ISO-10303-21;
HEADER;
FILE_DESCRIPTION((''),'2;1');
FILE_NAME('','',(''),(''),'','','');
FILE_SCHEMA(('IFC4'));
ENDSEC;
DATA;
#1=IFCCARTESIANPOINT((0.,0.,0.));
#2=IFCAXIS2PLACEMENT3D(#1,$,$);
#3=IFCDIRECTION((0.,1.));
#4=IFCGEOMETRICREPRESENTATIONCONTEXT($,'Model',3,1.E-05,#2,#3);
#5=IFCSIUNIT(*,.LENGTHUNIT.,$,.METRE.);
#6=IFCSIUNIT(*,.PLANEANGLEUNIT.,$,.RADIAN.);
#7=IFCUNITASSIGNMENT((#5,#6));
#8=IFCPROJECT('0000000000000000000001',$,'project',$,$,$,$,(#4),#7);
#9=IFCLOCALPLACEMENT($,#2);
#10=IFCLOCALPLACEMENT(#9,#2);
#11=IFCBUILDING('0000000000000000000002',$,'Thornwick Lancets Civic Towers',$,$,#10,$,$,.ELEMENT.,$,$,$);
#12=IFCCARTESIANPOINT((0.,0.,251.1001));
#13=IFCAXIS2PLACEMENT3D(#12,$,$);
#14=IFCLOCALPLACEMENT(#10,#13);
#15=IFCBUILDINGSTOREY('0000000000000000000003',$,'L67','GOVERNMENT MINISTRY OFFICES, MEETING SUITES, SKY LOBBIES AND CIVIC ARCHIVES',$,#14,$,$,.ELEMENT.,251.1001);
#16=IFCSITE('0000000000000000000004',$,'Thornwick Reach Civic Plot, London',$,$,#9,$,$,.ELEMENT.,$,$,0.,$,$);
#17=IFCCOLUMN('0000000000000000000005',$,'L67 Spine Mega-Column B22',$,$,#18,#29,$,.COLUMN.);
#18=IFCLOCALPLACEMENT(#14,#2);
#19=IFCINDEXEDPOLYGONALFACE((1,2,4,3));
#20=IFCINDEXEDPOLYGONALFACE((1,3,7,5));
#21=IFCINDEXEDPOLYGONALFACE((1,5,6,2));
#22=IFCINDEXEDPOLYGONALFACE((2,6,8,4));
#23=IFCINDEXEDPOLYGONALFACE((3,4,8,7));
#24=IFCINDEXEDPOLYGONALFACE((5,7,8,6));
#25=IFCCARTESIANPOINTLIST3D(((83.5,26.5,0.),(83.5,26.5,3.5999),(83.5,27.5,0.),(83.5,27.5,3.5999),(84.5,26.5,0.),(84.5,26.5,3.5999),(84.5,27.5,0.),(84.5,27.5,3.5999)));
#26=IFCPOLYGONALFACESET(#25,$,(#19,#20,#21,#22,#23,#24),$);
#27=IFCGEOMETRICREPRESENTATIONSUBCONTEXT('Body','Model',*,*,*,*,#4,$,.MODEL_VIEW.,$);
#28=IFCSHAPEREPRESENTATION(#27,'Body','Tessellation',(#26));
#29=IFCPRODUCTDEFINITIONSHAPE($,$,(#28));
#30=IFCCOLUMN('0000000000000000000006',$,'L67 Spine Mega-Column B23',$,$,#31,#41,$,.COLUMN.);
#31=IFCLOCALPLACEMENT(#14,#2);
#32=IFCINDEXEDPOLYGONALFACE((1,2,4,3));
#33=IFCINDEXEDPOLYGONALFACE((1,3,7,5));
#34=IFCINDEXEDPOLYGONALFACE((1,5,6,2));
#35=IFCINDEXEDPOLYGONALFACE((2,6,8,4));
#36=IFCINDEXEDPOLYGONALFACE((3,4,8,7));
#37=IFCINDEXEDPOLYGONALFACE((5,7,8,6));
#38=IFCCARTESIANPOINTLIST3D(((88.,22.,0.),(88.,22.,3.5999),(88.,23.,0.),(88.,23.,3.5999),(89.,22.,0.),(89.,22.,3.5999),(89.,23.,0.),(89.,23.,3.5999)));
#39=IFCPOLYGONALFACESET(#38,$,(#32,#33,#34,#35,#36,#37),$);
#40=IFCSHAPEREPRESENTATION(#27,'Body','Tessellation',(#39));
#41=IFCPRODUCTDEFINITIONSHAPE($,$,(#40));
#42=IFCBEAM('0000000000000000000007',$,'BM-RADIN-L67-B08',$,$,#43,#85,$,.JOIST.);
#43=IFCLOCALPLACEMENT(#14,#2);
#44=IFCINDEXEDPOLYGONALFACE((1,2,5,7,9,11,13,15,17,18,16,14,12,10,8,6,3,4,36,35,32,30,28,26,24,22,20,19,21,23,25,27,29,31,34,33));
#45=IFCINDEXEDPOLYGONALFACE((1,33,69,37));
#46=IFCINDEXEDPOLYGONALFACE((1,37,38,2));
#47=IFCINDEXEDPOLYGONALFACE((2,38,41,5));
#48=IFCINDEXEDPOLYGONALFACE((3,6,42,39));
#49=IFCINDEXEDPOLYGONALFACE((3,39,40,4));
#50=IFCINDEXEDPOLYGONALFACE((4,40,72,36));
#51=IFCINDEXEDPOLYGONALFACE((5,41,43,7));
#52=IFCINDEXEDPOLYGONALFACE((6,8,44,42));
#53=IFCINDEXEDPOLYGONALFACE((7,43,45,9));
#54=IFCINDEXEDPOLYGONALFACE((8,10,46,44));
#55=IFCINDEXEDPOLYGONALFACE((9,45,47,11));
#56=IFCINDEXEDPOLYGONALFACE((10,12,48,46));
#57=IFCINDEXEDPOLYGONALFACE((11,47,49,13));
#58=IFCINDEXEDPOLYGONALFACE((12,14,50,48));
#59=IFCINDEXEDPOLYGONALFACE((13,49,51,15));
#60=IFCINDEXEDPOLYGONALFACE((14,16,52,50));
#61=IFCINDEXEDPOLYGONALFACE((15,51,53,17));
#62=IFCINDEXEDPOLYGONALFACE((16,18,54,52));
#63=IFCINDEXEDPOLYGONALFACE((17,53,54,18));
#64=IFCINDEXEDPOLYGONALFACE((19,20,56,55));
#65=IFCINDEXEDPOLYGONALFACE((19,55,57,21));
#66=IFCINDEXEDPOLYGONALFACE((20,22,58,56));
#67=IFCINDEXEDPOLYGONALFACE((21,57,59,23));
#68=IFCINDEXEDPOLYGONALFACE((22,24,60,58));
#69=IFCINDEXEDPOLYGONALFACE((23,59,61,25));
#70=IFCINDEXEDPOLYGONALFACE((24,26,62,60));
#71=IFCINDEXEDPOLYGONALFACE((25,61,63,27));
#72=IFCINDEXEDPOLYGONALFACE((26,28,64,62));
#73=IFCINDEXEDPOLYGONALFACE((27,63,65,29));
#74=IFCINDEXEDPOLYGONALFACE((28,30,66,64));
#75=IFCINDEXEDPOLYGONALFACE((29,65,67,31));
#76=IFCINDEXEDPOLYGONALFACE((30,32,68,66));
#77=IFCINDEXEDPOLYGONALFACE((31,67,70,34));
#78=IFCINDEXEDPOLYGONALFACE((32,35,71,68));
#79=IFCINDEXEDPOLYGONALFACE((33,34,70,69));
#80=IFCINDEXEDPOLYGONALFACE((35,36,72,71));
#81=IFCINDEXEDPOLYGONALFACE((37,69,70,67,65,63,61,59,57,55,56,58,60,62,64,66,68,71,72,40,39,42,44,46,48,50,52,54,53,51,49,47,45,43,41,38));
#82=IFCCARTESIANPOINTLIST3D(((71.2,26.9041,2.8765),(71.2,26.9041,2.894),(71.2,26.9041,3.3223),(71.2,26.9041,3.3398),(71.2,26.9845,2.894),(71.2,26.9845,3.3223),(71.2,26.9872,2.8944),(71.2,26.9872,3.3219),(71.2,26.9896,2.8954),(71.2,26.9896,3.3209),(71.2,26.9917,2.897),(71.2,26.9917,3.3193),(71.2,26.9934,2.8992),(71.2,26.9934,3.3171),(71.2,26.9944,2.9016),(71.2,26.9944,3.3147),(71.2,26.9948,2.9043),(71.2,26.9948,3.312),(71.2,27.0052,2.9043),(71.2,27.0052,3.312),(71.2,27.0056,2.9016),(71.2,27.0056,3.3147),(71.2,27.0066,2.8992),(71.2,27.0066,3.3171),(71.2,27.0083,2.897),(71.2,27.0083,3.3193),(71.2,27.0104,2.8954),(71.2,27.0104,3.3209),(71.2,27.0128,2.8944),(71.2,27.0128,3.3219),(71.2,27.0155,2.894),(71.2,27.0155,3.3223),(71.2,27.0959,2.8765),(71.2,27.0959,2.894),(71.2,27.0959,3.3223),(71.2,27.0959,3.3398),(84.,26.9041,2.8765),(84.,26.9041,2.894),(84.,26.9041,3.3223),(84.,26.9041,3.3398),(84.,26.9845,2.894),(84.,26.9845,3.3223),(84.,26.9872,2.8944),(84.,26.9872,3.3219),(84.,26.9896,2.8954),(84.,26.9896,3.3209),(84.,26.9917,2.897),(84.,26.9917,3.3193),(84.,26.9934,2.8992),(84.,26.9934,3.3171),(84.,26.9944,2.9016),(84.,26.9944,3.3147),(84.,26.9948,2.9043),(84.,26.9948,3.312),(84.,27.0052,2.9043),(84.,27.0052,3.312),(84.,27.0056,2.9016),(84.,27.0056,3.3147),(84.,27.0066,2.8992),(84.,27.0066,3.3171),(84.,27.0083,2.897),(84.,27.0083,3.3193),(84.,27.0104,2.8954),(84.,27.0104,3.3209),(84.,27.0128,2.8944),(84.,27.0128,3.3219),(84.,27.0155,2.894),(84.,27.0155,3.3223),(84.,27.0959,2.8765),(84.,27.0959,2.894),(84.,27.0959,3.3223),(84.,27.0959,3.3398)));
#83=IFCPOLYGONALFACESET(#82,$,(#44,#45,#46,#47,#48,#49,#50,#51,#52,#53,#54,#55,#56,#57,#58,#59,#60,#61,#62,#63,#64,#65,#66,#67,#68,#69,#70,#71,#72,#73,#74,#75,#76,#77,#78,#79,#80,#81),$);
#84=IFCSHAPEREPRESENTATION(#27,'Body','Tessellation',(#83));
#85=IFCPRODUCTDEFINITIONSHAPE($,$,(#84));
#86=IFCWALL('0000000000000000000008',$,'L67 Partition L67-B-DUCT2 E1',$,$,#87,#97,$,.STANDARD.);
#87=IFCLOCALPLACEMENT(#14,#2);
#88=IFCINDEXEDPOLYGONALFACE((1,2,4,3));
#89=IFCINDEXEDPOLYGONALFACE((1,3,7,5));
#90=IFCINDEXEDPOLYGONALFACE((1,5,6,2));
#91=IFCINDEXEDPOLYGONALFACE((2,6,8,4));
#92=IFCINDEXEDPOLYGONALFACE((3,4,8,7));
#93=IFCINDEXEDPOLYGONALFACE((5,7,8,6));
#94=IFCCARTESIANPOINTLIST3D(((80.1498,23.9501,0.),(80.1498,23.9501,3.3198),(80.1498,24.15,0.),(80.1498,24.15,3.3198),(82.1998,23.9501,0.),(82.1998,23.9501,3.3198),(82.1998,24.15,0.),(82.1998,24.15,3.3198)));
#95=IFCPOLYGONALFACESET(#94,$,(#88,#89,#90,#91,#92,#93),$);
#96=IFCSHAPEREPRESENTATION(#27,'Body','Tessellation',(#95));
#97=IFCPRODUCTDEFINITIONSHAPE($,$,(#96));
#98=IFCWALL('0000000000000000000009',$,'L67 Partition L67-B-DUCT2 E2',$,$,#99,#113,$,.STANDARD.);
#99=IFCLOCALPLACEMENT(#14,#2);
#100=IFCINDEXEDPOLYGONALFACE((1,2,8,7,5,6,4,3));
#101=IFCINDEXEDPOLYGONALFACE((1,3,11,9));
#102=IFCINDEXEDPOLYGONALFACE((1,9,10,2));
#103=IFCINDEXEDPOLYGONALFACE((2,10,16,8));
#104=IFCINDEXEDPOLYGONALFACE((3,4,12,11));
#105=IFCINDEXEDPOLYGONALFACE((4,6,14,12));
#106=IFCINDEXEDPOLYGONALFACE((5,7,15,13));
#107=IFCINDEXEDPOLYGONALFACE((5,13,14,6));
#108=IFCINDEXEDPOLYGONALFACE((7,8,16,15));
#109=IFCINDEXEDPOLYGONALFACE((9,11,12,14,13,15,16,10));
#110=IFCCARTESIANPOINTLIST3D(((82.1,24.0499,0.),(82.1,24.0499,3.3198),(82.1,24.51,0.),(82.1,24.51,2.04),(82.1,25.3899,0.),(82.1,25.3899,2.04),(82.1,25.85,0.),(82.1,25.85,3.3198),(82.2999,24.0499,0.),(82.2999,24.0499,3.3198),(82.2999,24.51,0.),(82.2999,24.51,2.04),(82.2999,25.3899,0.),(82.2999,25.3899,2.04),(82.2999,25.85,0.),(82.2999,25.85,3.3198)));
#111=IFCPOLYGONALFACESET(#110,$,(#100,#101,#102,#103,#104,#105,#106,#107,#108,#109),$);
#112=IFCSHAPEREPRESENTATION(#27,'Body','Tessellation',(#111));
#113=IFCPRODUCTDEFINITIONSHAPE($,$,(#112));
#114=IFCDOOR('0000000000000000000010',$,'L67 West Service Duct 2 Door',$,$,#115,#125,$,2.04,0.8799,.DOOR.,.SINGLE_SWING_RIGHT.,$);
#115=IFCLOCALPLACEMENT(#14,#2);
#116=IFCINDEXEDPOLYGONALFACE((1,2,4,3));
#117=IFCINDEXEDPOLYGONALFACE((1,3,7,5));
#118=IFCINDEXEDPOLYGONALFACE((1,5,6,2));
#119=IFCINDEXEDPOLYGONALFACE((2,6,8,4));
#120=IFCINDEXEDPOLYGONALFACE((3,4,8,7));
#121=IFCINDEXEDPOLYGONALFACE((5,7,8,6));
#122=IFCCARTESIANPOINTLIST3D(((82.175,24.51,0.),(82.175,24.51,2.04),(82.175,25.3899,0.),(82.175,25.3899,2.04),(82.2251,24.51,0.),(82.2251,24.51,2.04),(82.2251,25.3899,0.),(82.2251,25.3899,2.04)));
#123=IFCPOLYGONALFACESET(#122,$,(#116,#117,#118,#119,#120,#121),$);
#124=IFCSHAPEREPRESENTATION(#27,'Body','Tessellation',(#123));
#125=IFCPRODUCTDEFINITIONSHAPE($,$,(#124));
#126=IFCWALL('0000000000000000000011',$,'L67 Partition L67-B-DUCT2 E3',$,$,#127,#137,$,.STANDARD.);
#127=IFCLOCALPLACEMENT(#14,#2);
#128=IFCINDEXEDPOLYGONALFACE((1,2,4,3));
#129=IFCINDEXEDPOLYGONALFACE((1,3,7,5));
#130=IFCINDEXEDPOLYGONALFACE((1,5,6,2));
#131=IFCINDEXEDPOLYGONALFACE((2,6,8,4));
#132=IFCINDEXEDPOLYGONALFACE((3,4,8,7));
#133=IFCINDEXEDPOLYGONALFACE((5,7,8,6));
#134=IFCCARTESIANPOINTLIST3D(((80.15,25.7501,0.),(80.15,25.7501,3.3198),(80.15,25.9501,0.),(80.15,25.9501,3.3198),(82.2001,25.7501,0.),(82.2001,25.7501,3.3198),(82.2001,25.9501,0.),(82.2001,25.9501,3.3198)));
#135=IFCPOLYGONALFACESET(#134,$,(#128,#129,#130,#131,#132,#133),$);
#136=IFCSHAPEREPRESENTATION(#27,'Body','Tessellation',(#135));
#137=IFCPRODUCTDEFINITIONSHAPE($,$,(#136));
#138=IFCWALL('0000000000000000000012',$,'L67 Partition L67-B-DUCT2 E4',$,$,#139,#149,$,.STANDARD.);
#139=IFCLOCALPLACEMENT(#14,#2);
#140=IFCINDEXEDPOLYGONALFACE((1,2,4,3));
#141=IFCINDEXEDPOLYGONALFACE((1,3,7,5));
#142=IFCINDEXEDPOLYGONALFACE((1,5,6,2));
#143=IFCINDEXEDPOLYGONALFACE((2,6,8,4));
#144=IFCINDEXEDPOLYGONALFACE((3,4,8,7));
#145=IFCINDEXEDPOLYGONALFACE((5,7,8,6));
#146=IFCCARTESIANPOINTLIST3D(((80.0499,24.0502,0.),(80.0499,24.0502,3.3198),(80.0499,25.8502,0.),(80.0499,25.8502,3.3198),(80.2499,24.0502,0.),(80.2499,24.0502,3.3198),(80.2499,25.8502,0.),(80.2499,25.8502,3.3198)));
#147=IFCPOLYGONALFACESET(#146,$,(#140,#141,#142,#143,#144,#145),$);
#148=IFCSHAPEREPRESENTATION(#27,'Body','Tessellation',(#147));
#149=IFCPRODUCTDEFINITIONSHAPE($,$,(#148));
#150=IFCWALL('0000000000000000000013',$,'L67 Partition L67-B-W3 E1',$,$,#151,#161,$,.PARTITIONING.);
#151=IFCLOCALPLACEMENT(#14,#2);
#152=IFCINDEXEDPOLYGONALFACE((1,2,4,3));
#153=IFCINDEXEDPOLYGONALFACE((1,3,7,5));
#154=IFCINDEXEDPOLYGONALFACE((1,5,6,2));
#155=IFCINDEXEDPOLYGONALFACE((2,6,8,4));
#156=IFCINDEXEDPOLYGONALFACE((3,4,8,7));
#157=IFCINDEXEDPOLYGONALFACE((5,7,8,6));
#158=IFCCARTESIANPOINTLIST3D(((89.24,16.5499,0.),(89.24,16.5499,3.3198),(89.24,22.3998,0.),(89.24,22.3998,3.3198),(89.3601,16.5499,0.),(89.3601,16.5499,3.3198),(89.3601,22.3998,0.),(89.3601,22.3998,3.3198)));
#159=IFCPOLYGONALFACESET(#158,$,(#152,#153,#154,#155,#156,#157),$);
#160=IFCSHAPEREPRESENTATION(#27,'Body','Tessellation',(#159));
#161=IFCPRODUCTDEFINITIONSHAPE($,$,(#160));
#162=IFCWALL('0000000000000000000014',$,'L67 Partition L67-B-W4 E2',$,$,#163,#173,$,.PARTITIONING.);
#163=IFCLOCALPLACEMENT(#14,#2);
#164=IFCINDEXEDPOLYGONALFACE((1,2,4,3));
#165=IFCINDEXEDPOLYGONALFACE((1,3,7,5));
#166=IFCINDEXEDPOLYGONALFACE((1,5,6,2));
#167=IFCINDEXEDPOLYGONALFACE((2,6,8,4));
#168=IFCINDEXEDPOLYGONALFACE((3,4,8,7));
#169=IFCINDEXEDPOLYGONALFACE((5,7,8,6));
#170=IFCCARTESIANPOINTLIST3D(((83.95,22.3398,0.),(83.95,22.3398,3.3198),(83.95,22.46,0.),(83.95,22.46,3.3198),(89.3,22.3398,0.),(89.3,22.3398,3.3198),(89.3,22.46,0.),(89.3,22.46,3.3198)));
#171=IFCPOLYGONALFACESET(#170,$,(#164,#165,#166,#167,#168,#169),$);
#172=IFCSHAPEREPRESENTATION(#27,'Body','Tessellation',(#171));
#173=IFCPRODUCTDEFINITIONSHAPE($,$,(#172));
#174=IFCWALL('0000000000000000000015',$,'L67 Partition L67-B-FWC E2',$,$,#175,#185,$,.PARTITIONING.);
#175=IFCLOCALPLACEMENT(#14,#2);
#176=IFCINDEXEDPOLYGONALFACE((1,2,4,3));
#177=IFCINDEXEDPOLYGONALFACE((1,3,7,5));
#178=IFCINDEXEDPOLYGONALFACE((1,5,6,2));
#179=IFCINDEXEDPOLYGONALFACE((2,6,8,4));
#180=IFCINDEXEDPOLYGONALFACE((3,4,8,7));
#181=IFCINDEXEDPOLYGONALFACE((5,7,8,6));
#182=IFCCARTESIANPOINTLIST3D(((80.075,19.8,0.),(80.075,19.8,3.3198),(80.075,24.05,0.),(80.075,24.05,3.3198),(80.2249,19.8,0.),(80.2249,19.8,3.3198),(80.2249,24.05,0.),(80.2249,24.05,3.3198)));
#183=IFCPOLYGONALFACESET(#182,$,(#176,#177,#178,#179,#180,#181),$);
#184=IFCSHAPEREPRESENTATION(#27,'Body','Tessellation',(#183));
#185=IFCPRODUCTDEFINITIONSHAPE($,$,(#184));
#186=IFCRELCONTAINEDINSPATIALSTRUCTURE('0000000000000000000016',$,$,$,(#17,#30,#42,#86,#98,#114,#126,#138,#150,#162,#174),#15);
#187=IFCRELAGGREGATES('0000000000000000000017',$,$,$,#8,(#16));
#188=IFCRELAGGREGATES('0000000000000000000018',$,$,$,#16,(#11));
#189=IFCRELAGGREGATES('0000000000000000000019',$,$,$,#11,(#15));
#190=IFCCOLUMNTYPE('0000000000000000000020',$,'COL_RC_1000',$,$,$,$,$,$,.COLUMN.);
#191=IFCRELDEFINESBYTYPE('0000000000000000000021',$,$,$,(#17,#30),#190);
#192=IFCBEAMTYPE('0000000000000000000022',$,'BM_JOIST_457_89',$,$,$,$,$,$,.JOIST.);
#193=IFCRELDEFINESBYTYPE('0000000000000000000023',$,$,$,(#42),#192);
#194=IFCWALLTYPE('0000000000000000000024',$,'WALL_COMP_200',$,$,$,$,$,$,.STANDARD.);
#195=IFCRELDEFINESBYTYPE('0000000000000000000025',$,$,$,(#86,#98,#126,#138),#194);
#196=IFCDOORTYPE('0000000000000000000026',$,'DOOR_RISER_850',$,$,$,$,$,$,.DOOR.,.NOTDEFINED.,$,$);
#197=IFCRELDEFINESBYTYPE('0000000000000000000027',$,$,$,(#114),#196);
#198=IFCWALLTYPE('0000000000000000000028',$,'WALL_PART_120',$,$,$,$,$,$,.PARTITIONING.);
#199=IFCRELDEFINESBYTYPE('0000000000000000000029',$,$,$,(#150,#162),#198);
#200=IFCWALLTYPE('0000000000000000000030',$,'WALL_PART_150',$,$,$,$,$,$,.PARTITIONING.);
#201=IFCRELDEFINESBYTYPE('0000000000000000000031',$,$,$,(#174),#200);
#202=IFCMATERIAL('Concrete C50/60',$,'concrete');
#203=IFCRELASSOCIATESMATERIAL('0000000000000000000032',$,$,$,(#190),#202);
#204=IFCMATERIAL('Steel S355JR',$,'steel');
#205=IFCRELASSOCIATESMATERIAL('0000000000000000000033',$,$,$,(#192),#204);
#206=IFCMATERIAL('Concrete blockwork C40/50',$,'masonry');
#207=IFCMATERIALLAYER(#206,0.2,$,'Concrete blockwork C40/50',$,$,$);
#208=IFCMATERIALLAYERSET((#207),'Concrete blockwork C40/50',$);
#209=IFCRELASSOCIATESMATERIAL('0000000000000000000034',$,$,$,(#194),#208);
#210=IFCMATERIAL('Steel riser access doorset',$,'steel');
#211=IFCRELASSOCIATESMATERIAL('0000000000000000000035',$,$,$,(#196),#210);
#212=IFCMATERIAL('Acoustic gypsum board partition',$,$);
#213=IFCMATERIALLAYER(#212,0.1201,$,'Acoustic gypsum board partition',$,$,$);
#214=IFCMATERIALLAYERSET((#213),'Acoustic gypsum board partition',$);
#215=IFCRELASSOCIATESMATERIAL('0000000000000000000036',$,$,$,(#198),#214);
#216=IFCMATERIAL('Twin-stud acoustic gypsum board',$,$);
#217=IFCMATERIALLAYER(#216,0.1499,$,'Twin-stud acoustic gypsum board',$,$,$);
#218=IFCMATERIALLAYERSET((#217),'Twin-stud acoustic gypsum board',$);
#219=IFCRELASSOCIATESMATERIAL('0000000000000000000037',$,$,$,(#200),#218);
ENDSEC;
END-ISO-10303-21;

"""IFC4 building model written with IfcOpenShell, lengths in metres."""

from ifc_helpers import new_model, si_unit, direction, frame, frame_2d, origin, origin_2d, place, context, subcontext, project, spatial, rectangle, i_section, extrude, material, layer, layer_set, material_profile, profile_set, type_object, element, fill, save


model = new_model("IFC4")

# Units and contexts
model_context = context("Model", 3, precision=1e-05, world=origin(), true_north=direction((0.0, 1.0)))
body_context = subcontext(model_context, "Body", "Model", "MODEL_VIEW")
ifc_project = project(units=[si_unit("LENGTHUNIT", "METRE"), si_unit("PLANEANGLEUNIT", "RADIAN")], contexts=[model_context])

# Site, building, storey
site_placement = place(None, origin())
site = spatial("IfcSite", under=ifc_project, at=site_placement, Name="Thornwick Reach Civic Plot, London", CompositionType="ELEMENT", RefElevation=0.0)
building_placement = place(site_placement, origin())
building = spatial("IfcBuilding", under=site, at=building_placement, Name="Thornwick Lancets Civic Towers", CompositionType="ELEMENT")
storey_placement = place(building_placement, frame((0.0, 0.0, 251.1001)))
storey = spatial("IfcBuildingStorey", under=building, at=storey_placement, Name="L67", Description="GOVERNMENT MINISTRY OFFICES, MEETING SUITES, SKY LOBBIES AND CIVIC ARCHIVES", CompositionType="ELEMENT", Elevation=251.1001)

# Columns
ifc_material_1 = material(Name="Concrete C50/60", Category="concrete")
ifc_material_profile_1 = material_profile(ifc_material_1, rectangle(XDim=1.0, YDim=1.0, at=origin_2d()), Name="RC 1000x1000")
ifc_profile_set_1 = profile_set([ifc_material_profile_1], Name="Concrete C50/60")
column_type = type_object("IfcColumnType", Name="COL_RC_1000", PredefinedType="COLUMN", material=ifc_profile_set_1)
for number, where, z_axis, x_axis, name in (
    (1, (84.0, 27.0, 0.0), (0.0, 0.0, 1.0), (1.0, 0.0, 0.0), "L67 Spine Mega-Column B22"),
    (2, (88.5, 22.5, 0.0), (0.0, 0.0, 1.0), (1.0, 0.0, 0.0), "L67 Spine Mega-Column B23"),
):
    element("IfcColumn", number, at=place(storey_placement, frame(where, z_axis=z_axis, x_axis=x_axis)), inside=storey, type_object=column_type, Name=name, PredefinedType="COLUMN", context=body_context, shape_type="SweptSolid", body=[
        extrude(rectangle(XDim=1.0, YDim=1.0, at=origin_2d()), origin(), (0.0, 0.0, 1.0), 3.5999),
    ])

# Beam
ifc_material_2 = material(Name="Steel S355JR", Category="steel")
ifc_material_profile_2 = material_profile(ifc_material_2, i_section(OverallWidth=0.1919, OverallDepth=0.4634, WebThickness=0.0105, FlangeThickness=0.0176, FilletRadius=0.0103, at=origin_2d()), Name="UKB 457x191x89")
ifc_profile_set_2 = profile_set([ifc_material_profile_2], Name="Steel S355JR")
beam_type = type_object("IfcBeamType", Name="BM_JOIST_457_89", PredefinedType="JOIST", material=ifc_profile_set_2)
beam_placement = place(storey_placement, frame((84.0, 27.0, 3.1082), z_axis=(-1.0, 0.0, 0.0), x_axis=(0.0, -1.0, 0.0)))
element("IfcBeam", 3, at=beam_placement, inside=storey, type_object=beam_type, Name="BM-RADIN-L67-B08", PredefinedType="JOIST", context=body_context, shape_type="SweptSolid", body=[
    extrude(i_section(OverallWidth=0.1919, OverallDepth=0.4634, WebThickness=0.0105, FlangeThickness=0.0176, FilletRadius=0.0103, at=origin_2d()), origin(), (0.0, 0.0, 1.0), 12.8),
])

# Wall
ifc_material_3 = material(Name="Concrete blockwork C40/50", Category="masonry")
ifc_layer_1 = layer(ifc_material_3, 0.2, Name="Concrete blockwork C40/50")
ifc_layer_set_1 = layer_set([ifc_layer_1], Name="Concrete blockwork C40/50")
wall_type_1 = type_object("IfcWallType", Name="WALL_COMP_200", PredefinedType="STANDARD", material=ifc_layer_set_1)
wall_1_placement = place(storey_placement, frame((80.1499, 24.05, 0.0), z_axis=(0.0, 0.0, 1.0), x_axis=(1.0, 0.0, 0.0)))
element("IfcWall", 4, at=wall_1_placement, inside=storey, type_object=wall_type_1, Name="L67 Partition L67-B-DUCT2 E1", PredefinedType="STANDARD", context=body_context, shape_type="SweptSolid", body=[
    extrude(rectangle(XDim=2.05, YDim=0.2, at=frame_2d((1.0249, 0.0))), origin(), (0.0, 0.0, 1.0), 3.3198),
])

# Wall, opening, door
wall_2_placement = place(storey_placement, frame((82.2, 24.05, 0.0), z_axis=(0.0, 0.0, 1.0), x_axis=(0.0, 1.0, 0.0)))
wall_2 = element("IfcWall", 5, at=wall_2_placement, inside=storey, type_object=wall_type_1, Name="L67 Partition L67-B-DUCT2 E2", PredefinedType="STANDARD", context=body_context, shape_type="SweptSolid", body=[
    extrude(rectangle(XDim=1.8, YDim=0.2, at=frame_2d((0.8999, 0.0))), origin(), (0.0, 0.0, 1.0), 3.3198),
])
opening_1_placement = place(wall_2_placement, frame((0.46, 0.0, 0.0)))
opening_1 = element("IfcOpeningElement", 6, at=opening_1_placement, cuts=wall_2, PredefinedType="OPENING", context=body_context, shape_type="SweptSolid", body=[
    extrude(rectangle(XDim=0.8799, YDim=2.04, at=frame_2d((0.4399, 1.02))), frame((0.0, 0.1099, 0.0), z_axis=(0.0, -1.0, 0.0), x_axis=(1.0, 0.0, 0.0)), (0.0, 0.0, 1.0), 0.22),
])
ifc_material_4 = material(Name="Steel riser access doorset", Category="steel")
door_type_1 = type_object("IfcDoorType", Name="DOOR_RISER_850", OperationType="NOTDEFINED", PredefinedType="DOOR", material=ifc_material_4)
door_1_placement = place(opening_1_placement, origin())
door_1 = element("IfcDoor", 7, at=door_1_placement, inside=storey, type_object=door_type_1, Name="L67 West Service Duct 2 Door", OperationType="SINGLE_SWING_RIGHT", OverallHeight=2.04, OverallWidth=0.8799, PredefinedType="DOOR", context=body_context, shape_type="SweptSolid", body=[
    extrude(rectangle(XDim=0.8799, YDim=2.04, at=frame_2d((0.4399, 1.02))), frame((0.0, 0.0249, 0.0), z_axis=(0.0, -1.0, 0.0), x_axis=(1.0, 0.0, 0.0)), (0.0, 0.0, 1.0), 0.05),
])
fill(opening_1, door_1)

# Walls
wall_3_placement = place(storey_placement, frame((82.2, 25.8501, 0.0), z_axis=(0.0, 0.0, 1.0), x_axis=(-1.0, 0.0, 0.0)))
element("IfcWall", 8, at=wall_3_placement, inside=storey, type_object=wall_type_1, Name="L67 Partition L67-B-DUCT2 E3", PredefinedType="STANDARD", context=body_context, shape_type="SweptSolid", body=[
    extrude(rectangle(XDim=2.05, YDim=0.2, at=frame_2d((1.0249, 0.0))), origin(), (0.0, 0.0, 1.0), 3.3198),
])
wall_4_placement = place(storey_placement, frame((80.1499, 25.8501, 0.0), z_axis=(0.0, 0.0, 1.0), x_axis=(0.0, -1.0, 0.0)))
element("IfcWall", 9, at=wall_4_placement, inside=storey, type_object=wall_type_1, Name="L67 Partition L67-B-DUCT2 E4", PredefinedType="STANDARD", context=body_context, shape_type="SweptSolid", body=[
    extrude(rectangle(XDim=1.8, YDim=0.2, at=frame_2d((0.8999, 0.0))), origin(), (0.0, 0.0, 1.0), 3.3198),
])
ifc_material_5 = material(Name="Acoustic gypsum board partition")
ifc_layer_2 = layer(ifc_material_5, 0.1201, Name="Acoustic gypsum board partition")
ifc_layer_set_2 = layer_set([ifc_layer_2], Name="Acoustic gypsum board partition")
wall_type_2 = type_object("IfcWallType", Name="WALL_PART_120", PredefinedType="PARTITIONING", material=ifc_layer_set_2)
wall_5_placement = place(storey_placement, frame((89.3, 16.55, 0.0), z_axis=(0.0, 0.0, 1.0), x_axis=(0.0, 1.0, 0.0)))
element("IfcWall", 10, at=wall_5_placement, inside=storey, type_object=wall_type_2, Name="L67 Partition L67-B-W3 E1", PredefinedType="PARTITIONING", context=body_context, shape_type="SweptSolid", body=[
    extrude(rectangle(XDim=5.8499, YDim=0.1201, at=frame_2d((2.9248, 0.0))), origin(), (0.0, 0.0, 1.0), 3.3198),
])
wall_6_placement = place(storey_placement, frame((83.95, 22.3999, 0.0), z_axis=(0.0, 0.0, 1.0), x_axis=(1.0, 0.0, 0.0)))
element("IfcWall", 11, at=wall_6_placement, inside=storey, type_object=wall_type_2, Name="L67 Partition L67-B-W4 E2", PredefinedType="PARTITIONING", context=body_context, shape_type="SweptSolid", body=[
    extrude(rectangle(XDim=5.3501, YDim=0.1201, at=frame_2d((2.675, 0.0))), origin(), (0.0, 0.0, 1.0), 3.3198),
])
ifc_material_6 = material(Name="Twin-stud acoustic gypsum board")
ifc_layer_3 = layer(ifc_material_6, 0.1499, Name="Twin-stud acoustic gypsum board")
ifc_layer_set_3 = layer_set([ifc_layer_3], Name="Twin-stud acoustic gypsum board")
wall_type_3 = type_object("IfcWallType", Name="WALL_PART_150", PredefinedType="PARTITIONING", material=ifc_layer_set_3)
wall_7_placement = place(storey_placement, frame((80.1499, 19.8, 0.0), z_axis=(0.0, 0.0, 1.0), x_axis=(0.0, 1.0, 0.0)))
element("IfcWall", 12, at=wall_7_placement, inside=storey, type_object=wall_type_3, Name="L67 Partition L67-B-FWC E2", PredefinedType="PARTITIONING", context=body_context, shape_type="SweptSolid", body=[
    extrude(rectangle(XDim=4.25, YDim=0.1499, at=frame_2d((2.125, 0.0))), origin(), (0.0, 0.0, 1.0), 3.3198),
])

save(model, "model.ifc")
